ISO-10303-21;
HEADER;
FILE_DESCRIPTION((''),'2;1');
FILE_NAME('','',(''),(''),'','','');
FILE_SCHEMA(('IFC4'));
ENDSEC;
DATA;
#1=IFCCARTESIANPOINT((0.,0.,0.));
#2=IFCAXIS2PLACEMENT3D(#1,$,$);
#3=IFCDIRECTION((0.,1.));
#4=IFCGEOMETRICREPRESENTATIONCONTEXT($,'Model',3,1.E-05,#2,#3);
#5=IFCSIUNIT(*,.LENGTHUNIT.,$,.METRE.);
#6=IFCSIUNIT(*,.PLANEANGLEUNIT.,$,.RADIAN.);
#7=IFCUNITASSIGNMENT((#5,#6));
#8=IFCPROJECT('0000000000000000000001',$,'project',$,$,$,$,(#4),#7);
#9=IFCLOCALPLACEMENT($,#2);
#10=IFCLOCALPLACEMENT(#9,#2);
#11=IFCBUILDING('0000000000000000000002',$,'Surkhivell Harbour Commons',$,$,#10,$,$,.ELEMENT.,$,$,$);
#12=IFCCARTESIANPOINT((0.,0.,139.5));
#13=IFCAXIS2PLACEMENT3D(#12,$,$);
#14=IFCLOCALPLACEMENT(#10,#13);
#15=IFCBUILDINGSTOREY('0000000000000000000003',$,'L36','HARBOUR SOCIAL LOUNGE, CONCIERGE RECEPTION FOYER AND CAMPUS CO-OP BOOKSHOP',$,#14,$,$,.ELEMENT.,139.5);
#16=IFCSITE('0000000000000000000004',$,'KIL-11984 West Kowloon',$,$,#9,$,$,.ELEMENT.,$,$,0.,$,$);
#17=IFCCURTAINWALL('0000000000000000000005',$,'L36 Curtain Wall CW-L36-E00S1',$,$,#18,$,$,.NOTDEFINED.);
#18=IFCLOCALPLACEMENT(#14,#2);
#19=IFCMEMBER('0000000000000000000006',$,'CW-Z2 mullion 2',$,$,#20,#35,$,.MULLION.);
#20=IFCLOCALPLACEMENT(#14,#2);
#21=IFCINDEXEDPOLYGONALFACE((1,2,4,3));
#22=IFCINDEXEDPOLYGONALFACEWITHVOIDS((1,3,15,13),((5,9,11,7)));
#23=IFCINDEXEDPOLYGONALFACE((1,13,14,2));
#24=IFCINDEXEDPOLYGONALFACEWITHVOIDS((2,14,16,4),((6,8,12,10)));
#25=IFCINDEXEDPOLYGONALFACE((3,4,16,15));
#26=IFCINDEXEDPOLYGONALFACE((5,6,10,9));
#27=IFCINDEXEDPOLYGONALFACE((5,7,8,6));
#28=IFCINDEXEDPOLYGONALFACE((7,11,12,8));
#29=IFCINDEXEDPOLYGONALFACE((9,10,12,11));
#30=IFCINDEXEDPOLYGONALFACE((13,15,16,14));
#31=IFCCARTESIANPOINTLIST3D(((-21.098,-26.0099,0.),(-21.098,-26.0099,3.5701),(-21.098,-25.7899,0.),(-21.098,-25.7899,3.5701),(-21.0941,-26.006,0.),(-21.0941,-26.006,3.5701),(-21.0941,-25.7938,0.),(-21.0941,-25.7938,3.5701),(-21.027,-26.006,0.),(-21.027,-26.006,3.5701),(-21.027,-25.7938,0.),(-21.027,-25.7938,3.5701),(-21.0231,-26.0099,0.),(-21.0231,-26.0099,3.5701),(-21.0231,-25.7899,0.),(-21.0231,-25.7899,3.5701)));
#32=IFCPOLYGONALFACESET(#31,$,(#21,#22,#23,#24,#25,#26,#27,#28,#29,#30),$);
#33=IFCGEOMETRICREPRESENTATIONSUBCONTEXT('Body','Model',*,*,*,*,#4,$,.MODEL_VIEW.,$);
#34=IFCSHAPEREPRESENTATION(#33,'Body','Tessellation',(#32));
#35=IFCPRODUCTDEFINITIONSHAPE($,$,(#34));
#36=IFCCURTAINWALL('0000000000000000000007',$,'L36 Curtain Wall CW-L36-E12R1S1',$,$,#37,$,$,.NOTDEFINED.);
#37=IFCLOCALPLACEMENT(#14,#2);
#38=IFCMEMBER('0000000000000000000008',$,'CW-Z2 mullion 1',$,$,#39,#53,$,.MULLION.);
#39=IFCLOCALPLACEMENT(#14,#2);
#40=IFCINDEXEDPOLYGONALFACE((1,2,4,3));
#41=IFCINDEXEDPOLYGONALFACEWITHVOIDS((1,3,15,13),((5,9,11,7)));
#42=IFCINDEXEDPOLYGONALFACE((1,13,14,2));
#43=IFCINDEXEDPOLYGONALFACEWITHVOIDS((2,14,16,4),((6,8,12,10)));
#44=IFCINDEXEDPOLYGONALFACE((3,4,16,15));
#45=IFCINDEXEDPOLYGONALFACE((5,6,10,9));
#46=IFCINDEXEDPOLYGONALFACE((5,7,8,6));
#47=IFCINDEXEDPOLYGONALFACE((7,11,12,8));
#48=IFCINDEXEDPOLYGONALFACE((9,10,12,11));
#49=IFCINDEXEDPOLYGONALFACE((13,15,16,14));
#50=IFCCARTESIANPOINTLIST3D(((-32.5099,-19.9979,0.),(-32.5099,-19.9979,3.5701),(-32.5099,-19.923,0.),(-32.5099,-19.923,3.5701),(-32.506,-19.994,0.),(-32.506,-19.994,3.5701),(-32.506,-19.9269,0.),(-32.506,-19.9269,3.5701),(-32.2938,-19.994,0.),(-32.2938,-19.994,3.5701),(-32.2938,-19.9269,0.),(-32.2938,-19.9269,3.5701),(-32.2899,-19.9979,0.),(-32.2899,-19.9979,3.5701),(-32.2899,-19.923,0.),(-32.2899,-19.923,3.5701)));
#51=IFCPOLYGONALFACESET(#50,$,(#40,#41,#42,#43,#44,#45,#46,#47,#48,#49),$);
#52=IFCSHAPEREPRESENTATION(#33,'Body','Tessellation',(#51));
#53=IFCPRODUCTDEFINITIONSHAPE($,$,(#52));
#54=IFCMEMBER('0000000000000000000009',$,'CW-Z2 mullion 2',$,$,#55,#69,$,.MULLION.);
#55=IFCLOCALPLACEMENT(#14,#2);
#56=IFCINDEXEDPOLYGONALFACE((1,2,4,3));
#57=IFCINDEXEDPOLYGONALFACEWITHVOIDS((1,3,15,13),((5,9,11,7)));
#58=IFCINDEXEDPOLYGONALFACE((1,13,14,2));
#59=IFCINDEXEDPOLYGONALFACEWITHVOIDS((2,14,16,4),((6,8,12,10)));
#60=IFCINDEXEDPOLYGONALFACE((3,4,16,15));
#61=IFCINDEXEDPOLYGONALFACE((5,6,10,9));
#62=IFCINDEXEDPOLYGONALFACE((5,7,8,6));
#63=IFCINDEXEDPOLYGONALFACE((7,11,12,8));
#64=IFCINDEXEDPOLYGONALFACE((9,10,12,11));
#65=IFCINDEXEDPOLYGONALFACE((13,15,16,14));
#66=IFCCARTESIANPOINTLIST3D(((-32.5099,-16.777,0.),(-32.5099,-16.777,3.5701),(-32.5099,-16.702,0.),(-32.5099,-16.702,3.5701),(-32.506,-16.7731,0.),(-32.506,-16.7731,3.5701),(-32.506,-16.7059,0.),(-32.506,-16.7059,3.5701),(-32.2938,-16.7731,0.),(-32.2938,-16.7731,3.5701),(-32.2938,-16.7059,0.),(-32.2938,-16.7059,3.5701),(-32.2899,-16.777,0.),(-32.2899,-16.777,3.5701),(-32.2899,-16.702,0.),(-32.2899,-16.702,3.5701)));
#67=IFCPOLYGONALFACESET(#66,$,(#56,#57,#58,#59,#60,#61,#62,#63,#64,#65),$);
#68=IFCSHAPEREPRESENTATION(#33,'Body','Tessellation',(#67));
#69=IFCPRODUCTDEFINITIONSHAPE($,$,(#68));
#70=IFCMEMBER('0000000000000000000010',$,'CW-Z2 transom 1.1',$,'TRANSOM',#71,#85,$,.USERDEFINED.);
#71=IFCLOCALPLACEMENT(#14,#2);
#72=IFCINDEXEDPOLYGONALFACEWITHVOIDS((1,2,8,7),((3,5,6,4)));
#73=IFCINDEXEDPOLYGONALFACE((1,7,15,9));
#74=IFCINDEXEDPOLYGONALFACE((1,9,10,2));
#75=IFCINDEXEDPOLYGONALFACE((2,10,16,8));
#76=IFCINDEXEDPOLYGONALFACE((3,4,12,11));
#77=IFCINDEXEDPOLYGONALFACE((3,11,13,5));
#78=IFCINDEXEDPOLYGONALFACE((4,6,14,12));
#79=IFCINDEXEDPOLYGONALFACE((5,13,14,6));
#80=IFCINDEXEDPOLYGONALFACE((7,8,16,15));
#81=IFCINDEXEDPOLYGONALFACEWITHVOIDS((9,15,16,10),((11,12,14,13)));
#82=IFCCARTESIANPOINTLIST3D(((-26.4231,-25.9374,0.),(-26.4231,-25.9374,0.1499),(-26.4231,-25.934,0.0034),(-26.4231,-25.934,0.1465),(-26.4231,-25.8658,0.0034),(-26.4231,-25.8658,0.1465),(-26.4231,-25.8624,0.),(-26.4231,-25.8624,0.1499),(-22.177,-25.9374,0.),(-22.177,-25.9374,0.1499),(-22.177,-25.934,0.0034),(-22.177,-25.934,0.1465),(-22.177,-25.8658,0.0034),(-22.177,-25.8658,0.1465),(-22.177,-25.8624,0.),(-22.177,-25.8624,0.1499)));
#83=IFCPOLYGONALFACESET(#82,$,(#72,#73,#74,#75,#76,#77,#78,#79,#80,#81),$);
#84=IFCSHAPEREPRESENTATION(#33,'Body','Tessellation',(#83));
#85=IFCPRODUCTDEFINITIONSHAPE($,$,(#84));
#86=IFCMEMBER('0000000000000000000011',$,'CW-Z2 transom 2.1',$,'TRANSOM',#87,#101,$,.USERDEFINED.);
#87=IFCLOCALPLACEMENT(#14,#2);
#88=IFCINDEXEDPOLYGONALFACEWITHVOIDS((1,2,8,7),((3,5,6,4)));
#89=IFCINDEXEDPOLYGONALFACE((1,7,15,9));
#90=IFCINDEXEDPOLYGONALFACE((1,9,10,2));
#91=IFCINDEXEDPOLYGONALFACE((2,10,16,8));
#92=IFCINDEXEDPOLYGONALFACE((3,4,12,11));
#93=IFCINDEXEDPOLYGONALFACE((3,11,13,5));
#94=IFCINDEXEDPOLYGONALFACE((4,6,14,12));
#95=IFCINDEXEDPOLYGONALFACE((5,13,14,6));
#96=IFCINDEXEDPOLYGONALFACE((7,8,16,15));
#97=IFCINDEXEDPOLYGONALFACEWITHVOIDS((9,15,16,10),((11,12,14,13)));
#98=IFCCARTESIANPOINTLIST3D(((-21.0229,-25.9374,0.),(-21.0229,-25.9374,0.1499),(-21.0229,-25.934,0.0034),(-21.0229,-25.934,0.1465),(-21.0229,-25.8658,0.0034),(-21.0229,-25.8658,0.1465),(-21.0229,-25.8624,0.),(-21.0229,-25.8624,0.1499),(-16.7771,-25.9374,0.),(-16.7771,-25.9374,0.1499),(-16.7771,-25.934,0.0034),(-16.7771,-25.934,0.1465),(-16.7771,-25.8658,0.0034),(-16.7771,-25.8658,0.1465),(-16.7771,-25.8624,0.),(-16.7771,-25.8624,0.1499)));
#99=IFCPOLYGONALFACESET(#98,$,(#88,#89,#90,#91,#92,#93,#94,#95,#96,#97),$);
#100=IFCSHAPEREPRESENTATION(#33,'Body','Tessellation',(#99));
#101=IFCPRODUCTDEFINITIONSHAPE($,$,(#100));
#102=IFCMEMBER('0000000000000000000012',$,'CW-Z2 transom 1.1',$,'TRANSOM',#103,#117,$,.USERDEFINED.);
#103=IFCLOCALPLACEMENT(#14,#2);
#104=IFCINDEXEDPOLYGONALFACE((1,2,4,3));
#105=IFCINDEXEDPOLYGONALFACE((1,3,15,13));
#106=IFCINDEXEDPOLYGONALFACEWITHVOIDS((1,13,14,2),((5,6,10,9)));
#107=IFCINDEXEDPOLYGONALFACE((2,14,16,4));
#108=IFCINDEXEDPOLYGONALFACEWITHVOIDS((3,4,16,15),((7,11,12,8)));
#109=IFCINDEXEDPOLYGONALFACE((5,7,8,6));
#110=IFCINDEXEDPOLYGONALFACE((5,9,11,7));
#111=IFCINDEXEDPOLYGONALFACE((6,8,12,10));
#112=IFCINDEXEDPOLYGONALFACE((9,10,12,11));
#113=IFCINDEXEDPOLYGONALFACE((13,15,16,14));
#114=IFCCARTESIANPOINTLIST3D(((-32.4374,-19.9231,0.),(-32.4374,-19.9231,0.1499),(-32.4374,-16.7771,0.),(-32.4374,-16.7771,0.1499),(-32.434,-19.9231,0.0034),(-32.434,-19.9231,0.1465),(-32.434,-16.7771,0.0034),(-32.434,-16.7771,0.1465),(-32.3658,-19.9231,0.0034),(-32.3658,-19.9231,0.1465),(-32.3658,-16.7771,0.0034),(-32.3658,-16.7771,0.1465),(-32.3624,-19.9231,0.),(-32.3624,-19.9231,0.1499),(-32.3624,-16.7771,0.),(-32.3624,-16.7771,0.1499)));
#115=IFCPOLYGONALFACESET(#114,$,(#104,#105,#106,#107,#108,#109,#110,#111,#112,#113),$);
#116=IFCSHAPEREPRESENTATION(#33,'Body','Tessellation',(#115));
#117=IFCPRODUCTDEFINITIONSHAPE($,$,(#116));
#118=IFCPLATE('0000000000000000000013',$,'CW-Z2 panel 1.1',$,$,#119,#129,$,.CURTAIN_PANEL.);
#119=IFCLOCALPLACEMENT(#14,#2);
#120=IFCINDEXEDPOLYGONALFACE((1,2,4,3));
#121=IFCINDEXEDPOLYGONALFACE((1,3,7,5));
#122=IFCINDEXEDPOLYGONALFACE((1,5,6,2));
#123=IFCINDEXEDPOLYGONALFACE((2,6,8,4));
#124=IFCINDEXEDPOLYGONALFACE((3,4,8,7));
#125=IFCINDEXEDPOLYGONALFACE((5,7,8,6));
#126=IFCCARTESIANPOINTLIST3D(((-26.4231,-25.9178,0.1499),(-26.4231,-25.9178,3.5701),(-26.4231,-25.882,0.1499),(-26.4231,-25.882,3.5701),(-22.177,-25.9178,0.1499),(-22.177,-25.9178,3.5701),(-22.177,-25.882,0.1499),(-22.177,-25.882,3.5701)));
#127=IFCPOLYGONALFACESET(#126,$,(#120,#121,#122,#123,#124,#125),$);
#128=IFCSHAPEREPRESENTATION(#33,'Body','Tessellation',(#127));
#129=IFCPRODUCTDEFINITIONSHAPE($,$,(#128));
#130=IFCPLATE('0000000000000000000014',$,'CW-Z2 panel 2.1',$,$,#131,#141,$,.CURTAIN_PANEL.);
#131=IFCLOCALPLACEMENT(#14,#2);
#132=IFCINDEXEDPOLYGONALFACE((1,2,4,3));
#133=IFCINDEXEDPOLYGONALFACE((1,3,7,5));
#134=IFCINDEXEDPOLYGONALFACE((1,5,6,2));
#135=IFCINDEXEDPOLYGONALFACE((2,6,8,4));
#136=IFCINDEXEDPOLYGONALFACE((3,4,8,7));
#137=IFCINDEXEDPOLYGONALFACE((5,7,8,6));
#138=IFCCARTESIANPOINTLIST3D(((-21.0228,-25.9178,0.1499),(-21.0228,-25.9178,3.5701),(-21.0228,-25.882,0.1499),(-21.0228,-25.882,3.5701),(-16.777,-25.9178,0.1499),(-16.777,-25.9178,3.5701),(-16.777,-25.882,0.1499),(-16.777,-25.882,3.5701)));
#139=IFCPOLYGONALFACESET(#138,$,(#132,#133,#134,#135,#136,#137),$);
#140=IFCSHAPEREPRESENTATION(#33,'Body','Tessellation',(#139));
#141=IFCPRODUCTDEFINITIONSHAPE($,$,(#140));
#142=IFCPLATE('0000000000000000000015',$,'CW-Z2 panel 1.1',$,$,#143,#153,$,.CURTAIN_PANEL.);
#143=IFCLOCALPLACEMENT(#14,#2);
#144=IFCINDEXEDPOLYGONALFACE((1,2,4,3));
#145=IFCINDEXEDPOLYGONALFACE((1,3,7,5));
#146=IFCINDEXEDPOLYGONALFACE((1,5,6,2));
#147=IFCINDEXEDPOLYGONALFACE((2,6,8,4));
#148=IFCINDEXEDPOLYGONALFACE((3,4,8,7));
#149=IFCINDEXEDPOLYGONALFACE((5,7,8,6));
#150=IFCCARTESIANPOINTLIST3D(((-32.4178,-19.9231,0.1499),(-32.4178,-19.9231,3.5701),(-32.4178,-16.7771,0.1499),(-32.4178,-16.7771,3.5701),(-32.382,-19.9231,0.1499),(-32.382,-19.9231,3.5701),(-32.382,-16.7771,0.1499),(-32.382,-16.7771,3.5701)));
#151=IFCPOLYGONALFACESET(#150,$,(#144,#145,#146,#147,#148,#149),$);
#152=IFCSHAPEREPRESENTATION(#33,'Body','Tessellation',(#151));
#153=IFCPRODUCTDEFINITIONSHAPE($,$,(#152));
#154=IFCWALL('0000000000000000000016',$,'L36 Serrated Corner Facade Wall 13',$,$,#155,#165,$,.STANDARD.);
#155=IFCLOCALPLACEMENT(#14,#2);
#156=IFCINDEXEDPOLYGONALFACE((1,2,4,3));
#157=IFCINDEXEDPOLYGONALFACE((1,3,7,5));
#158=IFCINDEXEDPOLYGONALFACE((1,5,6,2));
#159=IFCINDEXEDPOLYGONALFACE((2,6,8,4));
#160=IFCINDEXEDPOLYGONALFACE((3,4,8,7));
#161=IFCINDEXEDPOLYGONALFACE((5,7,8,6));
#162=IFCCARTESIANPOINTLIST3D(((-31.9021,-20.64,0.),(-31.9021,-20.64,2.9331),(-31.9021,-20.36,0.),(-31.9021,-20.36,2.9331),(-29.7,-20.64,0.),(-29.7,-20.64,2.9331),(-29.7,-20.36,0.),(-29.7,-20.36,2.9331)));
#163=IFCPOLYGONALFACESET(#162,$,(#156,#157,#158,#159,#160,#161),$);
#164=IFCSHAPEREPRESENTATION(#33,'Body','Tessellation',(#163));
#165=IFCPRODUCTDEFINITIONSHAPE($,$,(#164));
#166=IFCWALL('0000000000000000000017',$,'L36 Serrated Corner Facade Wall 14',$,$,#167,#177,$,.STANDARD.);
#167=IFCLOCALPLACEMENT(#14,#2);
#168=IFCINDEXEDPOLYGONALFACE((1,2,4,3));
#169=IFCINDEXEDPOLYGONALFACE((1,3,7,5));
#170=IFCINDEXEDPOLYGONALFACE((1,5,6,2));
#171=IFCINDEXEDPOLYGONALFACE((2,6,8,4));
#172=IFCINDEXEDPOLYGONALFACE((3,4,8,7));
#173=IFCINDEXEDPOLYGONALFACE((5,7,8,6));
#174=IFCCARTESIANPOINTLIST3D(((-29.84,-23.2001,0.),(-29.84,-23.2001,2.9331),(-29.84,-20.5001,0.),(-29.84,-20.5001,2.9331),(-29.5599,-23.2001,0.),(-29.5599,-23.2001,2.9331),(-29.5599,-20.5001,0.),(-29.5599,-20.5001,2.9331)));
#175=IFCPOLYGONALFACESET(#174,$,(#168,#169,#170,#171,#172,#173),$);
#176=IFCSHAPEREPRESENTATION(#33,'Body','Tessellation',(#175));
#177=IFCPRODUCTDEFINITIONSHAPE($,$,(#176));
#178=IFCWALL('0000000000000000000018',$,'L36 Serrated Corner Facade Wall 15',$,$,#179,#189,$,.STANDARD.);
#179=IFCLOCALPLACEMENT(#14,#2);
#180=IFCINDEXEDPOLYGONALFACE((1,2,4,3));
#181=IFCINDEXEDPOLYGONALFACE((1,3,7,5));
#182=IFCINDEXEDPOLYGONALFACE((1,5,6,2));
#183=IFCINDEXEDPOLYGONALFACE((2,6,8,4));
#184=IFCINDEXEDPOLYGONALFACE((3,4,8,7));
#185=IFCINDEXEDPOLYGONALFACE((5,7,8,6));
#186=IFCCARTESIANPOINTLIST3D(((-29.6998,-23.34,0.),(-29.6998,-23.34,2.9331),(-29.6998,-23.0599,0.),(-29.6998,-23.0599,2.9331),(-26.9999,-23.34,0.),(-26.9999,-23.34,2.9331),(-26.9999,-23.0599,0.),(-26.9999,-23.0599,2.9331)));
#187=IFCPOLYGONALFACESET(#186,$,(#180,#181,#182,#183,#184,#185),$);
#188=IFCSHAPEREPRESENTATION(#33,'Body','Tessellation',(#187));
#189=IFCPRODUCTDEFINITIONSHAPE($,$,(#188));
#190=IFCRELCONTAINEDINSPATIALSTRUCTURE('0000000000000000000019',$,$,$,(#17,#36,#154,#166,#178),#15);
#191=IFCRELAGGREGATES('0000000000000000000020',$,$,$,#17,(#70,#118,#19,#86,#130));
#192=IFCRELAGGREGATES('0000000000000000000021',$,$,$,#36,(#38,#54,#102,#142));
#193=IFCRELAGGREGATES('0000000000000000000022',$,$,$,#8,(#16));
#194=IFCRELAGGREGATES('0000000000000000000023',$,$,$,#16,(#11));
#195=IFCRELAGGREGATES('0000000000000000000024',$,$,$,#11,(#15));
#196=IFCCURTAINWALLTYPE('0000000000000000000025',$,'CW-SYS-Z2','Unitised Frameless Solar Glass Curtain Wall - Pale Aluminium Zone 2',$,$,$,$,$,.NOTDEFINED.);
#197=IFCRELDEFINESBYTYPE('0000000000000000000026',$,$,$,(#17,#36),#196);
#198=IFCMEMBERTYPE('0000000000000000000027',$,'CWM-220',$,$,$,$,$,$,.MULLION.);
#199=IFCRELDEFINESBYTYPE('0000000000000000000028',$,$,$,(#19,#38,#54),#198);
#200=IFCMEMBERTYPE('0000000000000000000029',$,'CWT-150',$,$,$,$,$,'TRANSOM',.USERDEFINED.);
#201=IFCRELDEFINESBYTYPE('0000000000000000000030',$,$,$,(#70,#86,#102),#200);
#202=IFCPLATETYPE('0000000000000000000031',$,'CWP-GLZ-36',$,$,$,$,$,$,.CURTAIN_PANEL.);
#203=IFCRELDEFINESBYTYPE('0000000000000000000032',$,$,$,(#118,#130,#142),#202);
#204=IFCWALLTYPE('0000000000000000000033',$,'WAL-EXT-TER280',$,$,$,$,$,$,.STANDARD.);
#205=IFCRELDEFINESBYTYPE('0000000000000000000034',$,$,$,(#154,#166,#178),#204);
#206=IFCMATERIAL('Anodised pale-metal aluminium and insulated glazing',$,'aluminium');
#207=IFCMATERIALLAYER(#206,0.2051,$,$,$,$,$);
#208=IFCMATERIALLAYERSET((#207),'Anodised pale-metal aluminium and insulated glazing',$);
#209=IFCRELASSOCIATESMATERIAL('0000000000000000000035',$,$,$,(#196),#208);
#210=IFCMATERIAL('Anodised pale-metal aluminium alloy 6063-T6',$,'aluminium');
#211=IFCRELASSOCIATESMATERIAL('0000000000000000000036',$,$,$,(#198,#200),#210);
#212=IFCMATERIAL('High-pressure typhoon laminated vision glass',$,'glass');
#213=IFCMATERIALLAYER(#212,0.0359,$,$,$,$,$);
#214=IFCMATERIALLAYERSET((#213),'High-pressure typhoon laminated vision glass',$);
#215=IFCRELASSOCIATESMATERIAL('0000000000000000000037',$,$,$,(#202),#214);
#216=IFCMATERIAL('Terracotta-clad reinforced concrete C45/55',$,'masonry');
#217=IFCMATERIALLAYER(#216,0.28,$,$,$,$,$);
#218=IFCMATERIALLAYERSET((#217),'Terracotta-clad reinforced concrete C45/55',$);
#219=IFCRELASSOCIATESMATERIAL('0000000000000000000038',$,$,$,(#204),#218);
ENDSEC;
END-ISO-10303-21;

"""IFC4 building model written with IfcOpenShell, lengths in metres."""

from ifc_helpers import new_model, si_unit, direction, frame, frame_2d, origin, origin_2d, place, context, subcontext, project, spatial, rectangle, hollow_rectangle, extrude, material, layer, layer_set, material_profile, profile_set, type_object, element, aggregate, save


model = new_model("IFC4")

# Units and contexts
model_context = context("Model", 3, precision=1e-05, world=origin(), true_north=direction((0.0, 1.0)))
body_context = subcontext(model_context, "Body", "Model", "MODEL_VIEW")
ifc_project = project(units=[si_unit("LENGTHUNIT", "METRE"), si_unit("PLANEANGLEUNIT", "RADIAN")], contexts=[model_context])

# Site, building, storey
site_placement = place(None, origin())
site = spatial("IfcSite", under=ifc_project, at=site_placement, Name="KIL-11984 West Kowloon", CompositionType="ELEMENT", RefElevation=0.0)
building_placement = place(site_placement, origin())
building = spatial("IfcBuilding", under=site, at=building_placement, Name="Surkhivell Harbour Commons", CompositionType="ELEMENT")
storey_placement = place(building_placement, frame((0.0, 0.0, 139.5)))
storey = spatial("IfcBuildingStorey", under=building, at=storey_placement, Name="L36", Description="HARBOUR SOCIAL LOUNGE, CONCIERGE RECEPTION FOYER AND CAMPUS CO-OP BOOKSHOP", CompositionType="ELEMENT", Elevation=139.5)

# Curtain walls, members
ifc_material_1 = material(Name="Anodised pale-metal aluminium and insulated glazing", Category="aluminium")
ifc_layer_1 = layer(ifc_material_1, 0.2051)
ifc_layer_set_1 = layer_set([ifc_layer_1], Name="Anodised pale-metal aluminium and insulated glazing")
curtain_wall_type = type_object("IfcCurtainWallType", Name="CW-SYS-Z2", Description="Unitised Frameless Solar Glass Curtain Wall - Pale Aluminium Zone 2", PredefinedType="NOTDEFINED", material=ifc_layer_set_1)
curtain_wall_1_placement = place(storey_placement, origin())
curtain_wall_1 = element("IfcCurtainWall", 1, at=curtain_wall_1_placement, inside=storey, type_object=curtain_wall_type, Name="L36 Curtain Wall CW-L36-E00S1", PredefinedType="NOTDEFINED")
ifc_material_2 = material(Name="Anodised pale-metal aluminium alloy 6063-T6", Category="aluminium")
ifc_material_profile_1 = material_profile(ifc_material_2, hollow_rectangle(XDim=0.075, YDim=0.22, WallThickness=0.0039, at=origin_2d()), Name="ALU-MULL-75x220")
ifc_profile_set_1 = profile_set([ifc_material_profile_1], Name="Anodised pale-metal aluminium alloy 6063-T6")
member_type_1 = type_object("IfcMemberType", Name="CWM-220", PredefinedType="MULLION", material=ifc_profile_set_1)
member_1_placement = place(storey_placement, frame((-21.0605, -25.8999, 0.0), z_axis=(0.0, 0.0, 1.0), x_axis=(1.0, 0.0, 0.0)))
member_1 = element("IfcMember", 2, at=member_1_placement, type_object=member_type_1, Name="CW-Z2 mullion 2", PredefinedType="MULLION", context=body_context, shape_type="SweptSolid", body=[
    extrude(hollow_rectangle(XDim=0.075, YDim=0.22, WallThickness=0.0039, at=origin_2d()), origin(), (0.0, 0.0, 1.0), 3.5701),
])
curtain_wall_2_placement = place(storey_placement, origin())
curtain_wall_2 = element("IfcCurtainWall", 3, at=curtain_wall_2_placement, inside=storey, type_object=curtain_wall_type, Name="L36 Curtain Wall CW-L36-E12R1S1", PredefinedType="NOTDEFINED")
member_2_placement = place(storey_placement, frame((-32.3999, -19.9604, 0.0), z_axis=(0.0, 0.0, 1.0), x_axis=(0.0, 1.0, 0.0)))
member_2 = element("IfcMember", 4, at=member_2_placement, type_object=member_type_1, Name="CW-Z2 mullion 1", PredefinedType="MULLION", context=body_context, shape_type="SweptSolid", body=[
    extrude(hollow_rectangle(XDim=0.075, YDim=0.22, WallThickness=0.0039, at=origin_2d()), origin(), (0.0, 0.0, 1.0), 3.5701),
])
member_3_placement = place(storey_placement, frame((-32.3999, -16.7395, 0.0), z_axis=(0.0, 0.0, 1.0), x_axis=(0.0, 1.0, 0.0)))
member_3 = element("IfcMember", 5, at=member_3_placement, type_object=member_type_1, Name="CW-Z2 mullion 2", PredefinedType="MULLION", context=body_context, shape_type="SweptSolid", body=[
    extrude(hollow_rectangle(XDim=0.075, YDim=0.22, WallThickness=0.0039, at=origin_2d()), origin(), (0.0, 0.0, 1.0), 3.5701),
])

# Members
ifc_material_profile_2 = material_profile(ifc_material_2, hollow_rectangle(XDim=0.075, YDim=0.1499, WallThickness=0.0034, at=origin_2d()), Name="ALU-TRAN-75x150")
ifc_profile_set_2 = profile_set([ifc_material_profile_2], Name="Anodised pale-metal aluminium alloy 6063-T6")
member_type_2 = type_object("IfcMemberType", Name="CWT-150", ElementType="TRANSOM", PredefinedType="USERDEFINED", material=ifc_profile_set_2)
member_4_placement = place(storey_placement, frame((-26.4231, -25.8999, 0.075), z_axis=(1.0, 0.0, 0.0), x_axis=(0.0, 1.0, 0.0)))
member_4 = element("IfcMember", 6, at=member_4_placement, type_object=member_type_2, Name="CW-Z2 transom 1.1", ObjectType="TRANSOM", PredefinedType="USERDEFINED", context=body_context, shape_type="SweptSolid", body=[
    extrude(hollow_rectangle(XDim=0.075, YDim=0.1499, WallThickness=0.0034, at=origin_2d()), origin(), (0.0, 0.0, 1.0), 4.2461),
])
member_5_placement = place(storey_placement, frame((-21.0229, -25.8999, 0.075), z_axis=(1.0, 0.0, 0.0), x_axis=(0.0, 1.0, 0.0)))
member_5 = element("IfcMember", 7, at=member_5_placement, type_object=member_type_2, Name="CW-Z2 transom 2.1", ObjectType="TRANSOM", PredefinedType="USERDEFINED", context=body_context, shape_type="SweptSolid", body=[
    extrude(hollow_rectangle(XDim=0.075, YDim=0.1499, WallThickness=0.0034, at=origin_2d()), origin(), (0.0, 0.0, 1.0), 4.2458),
])
member_6_placement = place(storey_placement, frame((-32.3999, -19.9231, 0.075), z_axis=(0.0, 1.0, 0.0), x_axis=(-1.0, 0.0, 0.0)))
member_6 = element("IfcMember", 8, at=member_6_placement, type_object=member_type_2, Name="CW-Z2 transom 1.1", ObjectType="TRANSOM", PredefinedType="USERDEFINED", context=body_context, shape_type="SweptSolid", body=[
    extrude(hollow_rectangle(XDim=0.075, YDim=0.1499, WallThickness=0.0034, at=origin_2d()), origin(), (0.0, 0.0, 1.0), 3.146),
])

# Plates
ifc_material_3 = material(Name="High-pressure typhoon laminated vision glass", Category="glass")
ifc_layer_2 = layer(ifc_material_3, 0.0359)
ifc_layer_set_2 = layer_set([ifc_layer_2], Name="High-pressure typhoon laminated vision glass")
plate_type = type_object("IfcPlateType", Name="CWP-GLZ-36", PredefinedType="CURTAIN_PANEL", material=ifc_layer_set_2)
plate_1_placement = place(storey_placement, frame((-26.4231, -25.8999, 0.1499), z_axis=(0.0, 0.0, 1.0), x_axis=(1.0, 0.0, 0.0)))
plate_1 = element("IfcPlate", 9, at=plate_1_placement, type_object=plate_type, Name="CW-Z2 panel 1.1", PredefinedType="CURTAIN_PANEL", context=body_context, shape_type="SweptSolid", body=[
    extrude(rectangle(XDim=4.2461, YDim=0.0359, at=frame_2d((2.123, 0.0))), origin(), (0.0, 0.0, 1.0), 3.4202),
])
plate_2_placement = place(storey_placement, frame((-21.0229, -25.8999, 0.1499), z_axis=(0.0, 0.0, 1.0), x_axis=(1.0, 0.0, 0.0)))
plate_2 = element("IfcPlate", 10, at=plate_2_placement, type_object=plate_type, Name="CW-Z2 panel 2.1", PredefinedType="CURTAIN_PANEL", context=body_context, shape_type="SweptSolid", body=[
    extrude(rectangle(XDim=4.2458, YDim=0.0359, at=frame_2d((2.123, 0.0))), origin(), (0.0, 0.0, 1.0), 3.4202),
])
aggregate(curtain_wall_1, [member_4, plate_1, member_1, member_5, plate_2])
plate_3_placement = place(storey_placement, frame((-32.3999, -19.9231, 0.1499), z_axis=(0.0, 0.0, 1.0), x_axis=(0.0, 1.0, 0.0)))
plate_3 = element("IfcPlate", 11, at=plate_3_placement, type_object=plate_type, Name="CW-Z2 panel 1.1", PredefinedType="CURTAIN_PANEL", context=body_context, shape_type="SweptSolid", body=[
    extrude(rectangle(XDim=3.146, YDim=0.0359, at=frame_2d((1.573, 0.0))), origin(), (0.0, 0.0, 1.0), 3.4202),
])
aggregate(curtain_wall_2, [member_2, member_3, member_6, plate_3])

# Walls
ifc_material_4 = material(Name="Terracotta-clad reinforced concrete C45/55", Category="masonry")
ifc_layer_3 = layer(ifc_material_4, 0.28)
ifc_layer_set_3 = layer_set([ifc_layer_3], Name="Terracotta-clad reinforced concrete C45/55")
wall_type = type_object("IfcWallType", Name="WAL-EXT-TER280", PredefinedType="STANDARD", material=ifc_layer_set_3)
wall_1_placement = place(storey_placement, frame((-31.9021, -20.5, 0.0), z_axis=(0.0, 0.0, 1.0), x_axis=(1.0, 0.0, 0.0)))
element("IfcWall", 12, at=wall_1_placement, inside=storey, type_object=wall_type, Name="L36 Serrated Corner Facade Wall 13", PredefinedType="STANDARD", context=body_context, shape_type="SweptSolid", body=[
    extrude(rectangle(XDim=2.2021, YDim=0.28, at=frame_2d((1.1011, 0.0))), origin(), (0.0, 0.0, 1.0), 2.9331),
])
for number, where, z_axis, x_axis, name in (
    (13, (-29.7, -20.5, 0.0), (0.0, 0.0, 1.0), (0.0, -1.0, 0.0), "L36 Serrated Corner Facade Wall 14"),
    (14, (-29.7, -23.2, 0.0), (0.0, 0.0, 1.0), (1.0, 0.0, 0.0), "L36 Serrated Corner Facade Wall 15"),
):
    element("IfcWall", number, at=place(storey_placement, frame(where, z_axis=z_axis, x_axis=x_axis)), inside=storey, type_object=wall_type, Name=name, PredefinedType="STANDARD", context=body_context, shape_type="SweptSolid", body=[
        extrude(rectangle(XDim=2.7, YDim=0.28, at=frame_2d((1.3501, 0.0))), origin(), (0.0, 0.0, 1.0), 2.9331),
    ])

save(model, "model.ifc")
